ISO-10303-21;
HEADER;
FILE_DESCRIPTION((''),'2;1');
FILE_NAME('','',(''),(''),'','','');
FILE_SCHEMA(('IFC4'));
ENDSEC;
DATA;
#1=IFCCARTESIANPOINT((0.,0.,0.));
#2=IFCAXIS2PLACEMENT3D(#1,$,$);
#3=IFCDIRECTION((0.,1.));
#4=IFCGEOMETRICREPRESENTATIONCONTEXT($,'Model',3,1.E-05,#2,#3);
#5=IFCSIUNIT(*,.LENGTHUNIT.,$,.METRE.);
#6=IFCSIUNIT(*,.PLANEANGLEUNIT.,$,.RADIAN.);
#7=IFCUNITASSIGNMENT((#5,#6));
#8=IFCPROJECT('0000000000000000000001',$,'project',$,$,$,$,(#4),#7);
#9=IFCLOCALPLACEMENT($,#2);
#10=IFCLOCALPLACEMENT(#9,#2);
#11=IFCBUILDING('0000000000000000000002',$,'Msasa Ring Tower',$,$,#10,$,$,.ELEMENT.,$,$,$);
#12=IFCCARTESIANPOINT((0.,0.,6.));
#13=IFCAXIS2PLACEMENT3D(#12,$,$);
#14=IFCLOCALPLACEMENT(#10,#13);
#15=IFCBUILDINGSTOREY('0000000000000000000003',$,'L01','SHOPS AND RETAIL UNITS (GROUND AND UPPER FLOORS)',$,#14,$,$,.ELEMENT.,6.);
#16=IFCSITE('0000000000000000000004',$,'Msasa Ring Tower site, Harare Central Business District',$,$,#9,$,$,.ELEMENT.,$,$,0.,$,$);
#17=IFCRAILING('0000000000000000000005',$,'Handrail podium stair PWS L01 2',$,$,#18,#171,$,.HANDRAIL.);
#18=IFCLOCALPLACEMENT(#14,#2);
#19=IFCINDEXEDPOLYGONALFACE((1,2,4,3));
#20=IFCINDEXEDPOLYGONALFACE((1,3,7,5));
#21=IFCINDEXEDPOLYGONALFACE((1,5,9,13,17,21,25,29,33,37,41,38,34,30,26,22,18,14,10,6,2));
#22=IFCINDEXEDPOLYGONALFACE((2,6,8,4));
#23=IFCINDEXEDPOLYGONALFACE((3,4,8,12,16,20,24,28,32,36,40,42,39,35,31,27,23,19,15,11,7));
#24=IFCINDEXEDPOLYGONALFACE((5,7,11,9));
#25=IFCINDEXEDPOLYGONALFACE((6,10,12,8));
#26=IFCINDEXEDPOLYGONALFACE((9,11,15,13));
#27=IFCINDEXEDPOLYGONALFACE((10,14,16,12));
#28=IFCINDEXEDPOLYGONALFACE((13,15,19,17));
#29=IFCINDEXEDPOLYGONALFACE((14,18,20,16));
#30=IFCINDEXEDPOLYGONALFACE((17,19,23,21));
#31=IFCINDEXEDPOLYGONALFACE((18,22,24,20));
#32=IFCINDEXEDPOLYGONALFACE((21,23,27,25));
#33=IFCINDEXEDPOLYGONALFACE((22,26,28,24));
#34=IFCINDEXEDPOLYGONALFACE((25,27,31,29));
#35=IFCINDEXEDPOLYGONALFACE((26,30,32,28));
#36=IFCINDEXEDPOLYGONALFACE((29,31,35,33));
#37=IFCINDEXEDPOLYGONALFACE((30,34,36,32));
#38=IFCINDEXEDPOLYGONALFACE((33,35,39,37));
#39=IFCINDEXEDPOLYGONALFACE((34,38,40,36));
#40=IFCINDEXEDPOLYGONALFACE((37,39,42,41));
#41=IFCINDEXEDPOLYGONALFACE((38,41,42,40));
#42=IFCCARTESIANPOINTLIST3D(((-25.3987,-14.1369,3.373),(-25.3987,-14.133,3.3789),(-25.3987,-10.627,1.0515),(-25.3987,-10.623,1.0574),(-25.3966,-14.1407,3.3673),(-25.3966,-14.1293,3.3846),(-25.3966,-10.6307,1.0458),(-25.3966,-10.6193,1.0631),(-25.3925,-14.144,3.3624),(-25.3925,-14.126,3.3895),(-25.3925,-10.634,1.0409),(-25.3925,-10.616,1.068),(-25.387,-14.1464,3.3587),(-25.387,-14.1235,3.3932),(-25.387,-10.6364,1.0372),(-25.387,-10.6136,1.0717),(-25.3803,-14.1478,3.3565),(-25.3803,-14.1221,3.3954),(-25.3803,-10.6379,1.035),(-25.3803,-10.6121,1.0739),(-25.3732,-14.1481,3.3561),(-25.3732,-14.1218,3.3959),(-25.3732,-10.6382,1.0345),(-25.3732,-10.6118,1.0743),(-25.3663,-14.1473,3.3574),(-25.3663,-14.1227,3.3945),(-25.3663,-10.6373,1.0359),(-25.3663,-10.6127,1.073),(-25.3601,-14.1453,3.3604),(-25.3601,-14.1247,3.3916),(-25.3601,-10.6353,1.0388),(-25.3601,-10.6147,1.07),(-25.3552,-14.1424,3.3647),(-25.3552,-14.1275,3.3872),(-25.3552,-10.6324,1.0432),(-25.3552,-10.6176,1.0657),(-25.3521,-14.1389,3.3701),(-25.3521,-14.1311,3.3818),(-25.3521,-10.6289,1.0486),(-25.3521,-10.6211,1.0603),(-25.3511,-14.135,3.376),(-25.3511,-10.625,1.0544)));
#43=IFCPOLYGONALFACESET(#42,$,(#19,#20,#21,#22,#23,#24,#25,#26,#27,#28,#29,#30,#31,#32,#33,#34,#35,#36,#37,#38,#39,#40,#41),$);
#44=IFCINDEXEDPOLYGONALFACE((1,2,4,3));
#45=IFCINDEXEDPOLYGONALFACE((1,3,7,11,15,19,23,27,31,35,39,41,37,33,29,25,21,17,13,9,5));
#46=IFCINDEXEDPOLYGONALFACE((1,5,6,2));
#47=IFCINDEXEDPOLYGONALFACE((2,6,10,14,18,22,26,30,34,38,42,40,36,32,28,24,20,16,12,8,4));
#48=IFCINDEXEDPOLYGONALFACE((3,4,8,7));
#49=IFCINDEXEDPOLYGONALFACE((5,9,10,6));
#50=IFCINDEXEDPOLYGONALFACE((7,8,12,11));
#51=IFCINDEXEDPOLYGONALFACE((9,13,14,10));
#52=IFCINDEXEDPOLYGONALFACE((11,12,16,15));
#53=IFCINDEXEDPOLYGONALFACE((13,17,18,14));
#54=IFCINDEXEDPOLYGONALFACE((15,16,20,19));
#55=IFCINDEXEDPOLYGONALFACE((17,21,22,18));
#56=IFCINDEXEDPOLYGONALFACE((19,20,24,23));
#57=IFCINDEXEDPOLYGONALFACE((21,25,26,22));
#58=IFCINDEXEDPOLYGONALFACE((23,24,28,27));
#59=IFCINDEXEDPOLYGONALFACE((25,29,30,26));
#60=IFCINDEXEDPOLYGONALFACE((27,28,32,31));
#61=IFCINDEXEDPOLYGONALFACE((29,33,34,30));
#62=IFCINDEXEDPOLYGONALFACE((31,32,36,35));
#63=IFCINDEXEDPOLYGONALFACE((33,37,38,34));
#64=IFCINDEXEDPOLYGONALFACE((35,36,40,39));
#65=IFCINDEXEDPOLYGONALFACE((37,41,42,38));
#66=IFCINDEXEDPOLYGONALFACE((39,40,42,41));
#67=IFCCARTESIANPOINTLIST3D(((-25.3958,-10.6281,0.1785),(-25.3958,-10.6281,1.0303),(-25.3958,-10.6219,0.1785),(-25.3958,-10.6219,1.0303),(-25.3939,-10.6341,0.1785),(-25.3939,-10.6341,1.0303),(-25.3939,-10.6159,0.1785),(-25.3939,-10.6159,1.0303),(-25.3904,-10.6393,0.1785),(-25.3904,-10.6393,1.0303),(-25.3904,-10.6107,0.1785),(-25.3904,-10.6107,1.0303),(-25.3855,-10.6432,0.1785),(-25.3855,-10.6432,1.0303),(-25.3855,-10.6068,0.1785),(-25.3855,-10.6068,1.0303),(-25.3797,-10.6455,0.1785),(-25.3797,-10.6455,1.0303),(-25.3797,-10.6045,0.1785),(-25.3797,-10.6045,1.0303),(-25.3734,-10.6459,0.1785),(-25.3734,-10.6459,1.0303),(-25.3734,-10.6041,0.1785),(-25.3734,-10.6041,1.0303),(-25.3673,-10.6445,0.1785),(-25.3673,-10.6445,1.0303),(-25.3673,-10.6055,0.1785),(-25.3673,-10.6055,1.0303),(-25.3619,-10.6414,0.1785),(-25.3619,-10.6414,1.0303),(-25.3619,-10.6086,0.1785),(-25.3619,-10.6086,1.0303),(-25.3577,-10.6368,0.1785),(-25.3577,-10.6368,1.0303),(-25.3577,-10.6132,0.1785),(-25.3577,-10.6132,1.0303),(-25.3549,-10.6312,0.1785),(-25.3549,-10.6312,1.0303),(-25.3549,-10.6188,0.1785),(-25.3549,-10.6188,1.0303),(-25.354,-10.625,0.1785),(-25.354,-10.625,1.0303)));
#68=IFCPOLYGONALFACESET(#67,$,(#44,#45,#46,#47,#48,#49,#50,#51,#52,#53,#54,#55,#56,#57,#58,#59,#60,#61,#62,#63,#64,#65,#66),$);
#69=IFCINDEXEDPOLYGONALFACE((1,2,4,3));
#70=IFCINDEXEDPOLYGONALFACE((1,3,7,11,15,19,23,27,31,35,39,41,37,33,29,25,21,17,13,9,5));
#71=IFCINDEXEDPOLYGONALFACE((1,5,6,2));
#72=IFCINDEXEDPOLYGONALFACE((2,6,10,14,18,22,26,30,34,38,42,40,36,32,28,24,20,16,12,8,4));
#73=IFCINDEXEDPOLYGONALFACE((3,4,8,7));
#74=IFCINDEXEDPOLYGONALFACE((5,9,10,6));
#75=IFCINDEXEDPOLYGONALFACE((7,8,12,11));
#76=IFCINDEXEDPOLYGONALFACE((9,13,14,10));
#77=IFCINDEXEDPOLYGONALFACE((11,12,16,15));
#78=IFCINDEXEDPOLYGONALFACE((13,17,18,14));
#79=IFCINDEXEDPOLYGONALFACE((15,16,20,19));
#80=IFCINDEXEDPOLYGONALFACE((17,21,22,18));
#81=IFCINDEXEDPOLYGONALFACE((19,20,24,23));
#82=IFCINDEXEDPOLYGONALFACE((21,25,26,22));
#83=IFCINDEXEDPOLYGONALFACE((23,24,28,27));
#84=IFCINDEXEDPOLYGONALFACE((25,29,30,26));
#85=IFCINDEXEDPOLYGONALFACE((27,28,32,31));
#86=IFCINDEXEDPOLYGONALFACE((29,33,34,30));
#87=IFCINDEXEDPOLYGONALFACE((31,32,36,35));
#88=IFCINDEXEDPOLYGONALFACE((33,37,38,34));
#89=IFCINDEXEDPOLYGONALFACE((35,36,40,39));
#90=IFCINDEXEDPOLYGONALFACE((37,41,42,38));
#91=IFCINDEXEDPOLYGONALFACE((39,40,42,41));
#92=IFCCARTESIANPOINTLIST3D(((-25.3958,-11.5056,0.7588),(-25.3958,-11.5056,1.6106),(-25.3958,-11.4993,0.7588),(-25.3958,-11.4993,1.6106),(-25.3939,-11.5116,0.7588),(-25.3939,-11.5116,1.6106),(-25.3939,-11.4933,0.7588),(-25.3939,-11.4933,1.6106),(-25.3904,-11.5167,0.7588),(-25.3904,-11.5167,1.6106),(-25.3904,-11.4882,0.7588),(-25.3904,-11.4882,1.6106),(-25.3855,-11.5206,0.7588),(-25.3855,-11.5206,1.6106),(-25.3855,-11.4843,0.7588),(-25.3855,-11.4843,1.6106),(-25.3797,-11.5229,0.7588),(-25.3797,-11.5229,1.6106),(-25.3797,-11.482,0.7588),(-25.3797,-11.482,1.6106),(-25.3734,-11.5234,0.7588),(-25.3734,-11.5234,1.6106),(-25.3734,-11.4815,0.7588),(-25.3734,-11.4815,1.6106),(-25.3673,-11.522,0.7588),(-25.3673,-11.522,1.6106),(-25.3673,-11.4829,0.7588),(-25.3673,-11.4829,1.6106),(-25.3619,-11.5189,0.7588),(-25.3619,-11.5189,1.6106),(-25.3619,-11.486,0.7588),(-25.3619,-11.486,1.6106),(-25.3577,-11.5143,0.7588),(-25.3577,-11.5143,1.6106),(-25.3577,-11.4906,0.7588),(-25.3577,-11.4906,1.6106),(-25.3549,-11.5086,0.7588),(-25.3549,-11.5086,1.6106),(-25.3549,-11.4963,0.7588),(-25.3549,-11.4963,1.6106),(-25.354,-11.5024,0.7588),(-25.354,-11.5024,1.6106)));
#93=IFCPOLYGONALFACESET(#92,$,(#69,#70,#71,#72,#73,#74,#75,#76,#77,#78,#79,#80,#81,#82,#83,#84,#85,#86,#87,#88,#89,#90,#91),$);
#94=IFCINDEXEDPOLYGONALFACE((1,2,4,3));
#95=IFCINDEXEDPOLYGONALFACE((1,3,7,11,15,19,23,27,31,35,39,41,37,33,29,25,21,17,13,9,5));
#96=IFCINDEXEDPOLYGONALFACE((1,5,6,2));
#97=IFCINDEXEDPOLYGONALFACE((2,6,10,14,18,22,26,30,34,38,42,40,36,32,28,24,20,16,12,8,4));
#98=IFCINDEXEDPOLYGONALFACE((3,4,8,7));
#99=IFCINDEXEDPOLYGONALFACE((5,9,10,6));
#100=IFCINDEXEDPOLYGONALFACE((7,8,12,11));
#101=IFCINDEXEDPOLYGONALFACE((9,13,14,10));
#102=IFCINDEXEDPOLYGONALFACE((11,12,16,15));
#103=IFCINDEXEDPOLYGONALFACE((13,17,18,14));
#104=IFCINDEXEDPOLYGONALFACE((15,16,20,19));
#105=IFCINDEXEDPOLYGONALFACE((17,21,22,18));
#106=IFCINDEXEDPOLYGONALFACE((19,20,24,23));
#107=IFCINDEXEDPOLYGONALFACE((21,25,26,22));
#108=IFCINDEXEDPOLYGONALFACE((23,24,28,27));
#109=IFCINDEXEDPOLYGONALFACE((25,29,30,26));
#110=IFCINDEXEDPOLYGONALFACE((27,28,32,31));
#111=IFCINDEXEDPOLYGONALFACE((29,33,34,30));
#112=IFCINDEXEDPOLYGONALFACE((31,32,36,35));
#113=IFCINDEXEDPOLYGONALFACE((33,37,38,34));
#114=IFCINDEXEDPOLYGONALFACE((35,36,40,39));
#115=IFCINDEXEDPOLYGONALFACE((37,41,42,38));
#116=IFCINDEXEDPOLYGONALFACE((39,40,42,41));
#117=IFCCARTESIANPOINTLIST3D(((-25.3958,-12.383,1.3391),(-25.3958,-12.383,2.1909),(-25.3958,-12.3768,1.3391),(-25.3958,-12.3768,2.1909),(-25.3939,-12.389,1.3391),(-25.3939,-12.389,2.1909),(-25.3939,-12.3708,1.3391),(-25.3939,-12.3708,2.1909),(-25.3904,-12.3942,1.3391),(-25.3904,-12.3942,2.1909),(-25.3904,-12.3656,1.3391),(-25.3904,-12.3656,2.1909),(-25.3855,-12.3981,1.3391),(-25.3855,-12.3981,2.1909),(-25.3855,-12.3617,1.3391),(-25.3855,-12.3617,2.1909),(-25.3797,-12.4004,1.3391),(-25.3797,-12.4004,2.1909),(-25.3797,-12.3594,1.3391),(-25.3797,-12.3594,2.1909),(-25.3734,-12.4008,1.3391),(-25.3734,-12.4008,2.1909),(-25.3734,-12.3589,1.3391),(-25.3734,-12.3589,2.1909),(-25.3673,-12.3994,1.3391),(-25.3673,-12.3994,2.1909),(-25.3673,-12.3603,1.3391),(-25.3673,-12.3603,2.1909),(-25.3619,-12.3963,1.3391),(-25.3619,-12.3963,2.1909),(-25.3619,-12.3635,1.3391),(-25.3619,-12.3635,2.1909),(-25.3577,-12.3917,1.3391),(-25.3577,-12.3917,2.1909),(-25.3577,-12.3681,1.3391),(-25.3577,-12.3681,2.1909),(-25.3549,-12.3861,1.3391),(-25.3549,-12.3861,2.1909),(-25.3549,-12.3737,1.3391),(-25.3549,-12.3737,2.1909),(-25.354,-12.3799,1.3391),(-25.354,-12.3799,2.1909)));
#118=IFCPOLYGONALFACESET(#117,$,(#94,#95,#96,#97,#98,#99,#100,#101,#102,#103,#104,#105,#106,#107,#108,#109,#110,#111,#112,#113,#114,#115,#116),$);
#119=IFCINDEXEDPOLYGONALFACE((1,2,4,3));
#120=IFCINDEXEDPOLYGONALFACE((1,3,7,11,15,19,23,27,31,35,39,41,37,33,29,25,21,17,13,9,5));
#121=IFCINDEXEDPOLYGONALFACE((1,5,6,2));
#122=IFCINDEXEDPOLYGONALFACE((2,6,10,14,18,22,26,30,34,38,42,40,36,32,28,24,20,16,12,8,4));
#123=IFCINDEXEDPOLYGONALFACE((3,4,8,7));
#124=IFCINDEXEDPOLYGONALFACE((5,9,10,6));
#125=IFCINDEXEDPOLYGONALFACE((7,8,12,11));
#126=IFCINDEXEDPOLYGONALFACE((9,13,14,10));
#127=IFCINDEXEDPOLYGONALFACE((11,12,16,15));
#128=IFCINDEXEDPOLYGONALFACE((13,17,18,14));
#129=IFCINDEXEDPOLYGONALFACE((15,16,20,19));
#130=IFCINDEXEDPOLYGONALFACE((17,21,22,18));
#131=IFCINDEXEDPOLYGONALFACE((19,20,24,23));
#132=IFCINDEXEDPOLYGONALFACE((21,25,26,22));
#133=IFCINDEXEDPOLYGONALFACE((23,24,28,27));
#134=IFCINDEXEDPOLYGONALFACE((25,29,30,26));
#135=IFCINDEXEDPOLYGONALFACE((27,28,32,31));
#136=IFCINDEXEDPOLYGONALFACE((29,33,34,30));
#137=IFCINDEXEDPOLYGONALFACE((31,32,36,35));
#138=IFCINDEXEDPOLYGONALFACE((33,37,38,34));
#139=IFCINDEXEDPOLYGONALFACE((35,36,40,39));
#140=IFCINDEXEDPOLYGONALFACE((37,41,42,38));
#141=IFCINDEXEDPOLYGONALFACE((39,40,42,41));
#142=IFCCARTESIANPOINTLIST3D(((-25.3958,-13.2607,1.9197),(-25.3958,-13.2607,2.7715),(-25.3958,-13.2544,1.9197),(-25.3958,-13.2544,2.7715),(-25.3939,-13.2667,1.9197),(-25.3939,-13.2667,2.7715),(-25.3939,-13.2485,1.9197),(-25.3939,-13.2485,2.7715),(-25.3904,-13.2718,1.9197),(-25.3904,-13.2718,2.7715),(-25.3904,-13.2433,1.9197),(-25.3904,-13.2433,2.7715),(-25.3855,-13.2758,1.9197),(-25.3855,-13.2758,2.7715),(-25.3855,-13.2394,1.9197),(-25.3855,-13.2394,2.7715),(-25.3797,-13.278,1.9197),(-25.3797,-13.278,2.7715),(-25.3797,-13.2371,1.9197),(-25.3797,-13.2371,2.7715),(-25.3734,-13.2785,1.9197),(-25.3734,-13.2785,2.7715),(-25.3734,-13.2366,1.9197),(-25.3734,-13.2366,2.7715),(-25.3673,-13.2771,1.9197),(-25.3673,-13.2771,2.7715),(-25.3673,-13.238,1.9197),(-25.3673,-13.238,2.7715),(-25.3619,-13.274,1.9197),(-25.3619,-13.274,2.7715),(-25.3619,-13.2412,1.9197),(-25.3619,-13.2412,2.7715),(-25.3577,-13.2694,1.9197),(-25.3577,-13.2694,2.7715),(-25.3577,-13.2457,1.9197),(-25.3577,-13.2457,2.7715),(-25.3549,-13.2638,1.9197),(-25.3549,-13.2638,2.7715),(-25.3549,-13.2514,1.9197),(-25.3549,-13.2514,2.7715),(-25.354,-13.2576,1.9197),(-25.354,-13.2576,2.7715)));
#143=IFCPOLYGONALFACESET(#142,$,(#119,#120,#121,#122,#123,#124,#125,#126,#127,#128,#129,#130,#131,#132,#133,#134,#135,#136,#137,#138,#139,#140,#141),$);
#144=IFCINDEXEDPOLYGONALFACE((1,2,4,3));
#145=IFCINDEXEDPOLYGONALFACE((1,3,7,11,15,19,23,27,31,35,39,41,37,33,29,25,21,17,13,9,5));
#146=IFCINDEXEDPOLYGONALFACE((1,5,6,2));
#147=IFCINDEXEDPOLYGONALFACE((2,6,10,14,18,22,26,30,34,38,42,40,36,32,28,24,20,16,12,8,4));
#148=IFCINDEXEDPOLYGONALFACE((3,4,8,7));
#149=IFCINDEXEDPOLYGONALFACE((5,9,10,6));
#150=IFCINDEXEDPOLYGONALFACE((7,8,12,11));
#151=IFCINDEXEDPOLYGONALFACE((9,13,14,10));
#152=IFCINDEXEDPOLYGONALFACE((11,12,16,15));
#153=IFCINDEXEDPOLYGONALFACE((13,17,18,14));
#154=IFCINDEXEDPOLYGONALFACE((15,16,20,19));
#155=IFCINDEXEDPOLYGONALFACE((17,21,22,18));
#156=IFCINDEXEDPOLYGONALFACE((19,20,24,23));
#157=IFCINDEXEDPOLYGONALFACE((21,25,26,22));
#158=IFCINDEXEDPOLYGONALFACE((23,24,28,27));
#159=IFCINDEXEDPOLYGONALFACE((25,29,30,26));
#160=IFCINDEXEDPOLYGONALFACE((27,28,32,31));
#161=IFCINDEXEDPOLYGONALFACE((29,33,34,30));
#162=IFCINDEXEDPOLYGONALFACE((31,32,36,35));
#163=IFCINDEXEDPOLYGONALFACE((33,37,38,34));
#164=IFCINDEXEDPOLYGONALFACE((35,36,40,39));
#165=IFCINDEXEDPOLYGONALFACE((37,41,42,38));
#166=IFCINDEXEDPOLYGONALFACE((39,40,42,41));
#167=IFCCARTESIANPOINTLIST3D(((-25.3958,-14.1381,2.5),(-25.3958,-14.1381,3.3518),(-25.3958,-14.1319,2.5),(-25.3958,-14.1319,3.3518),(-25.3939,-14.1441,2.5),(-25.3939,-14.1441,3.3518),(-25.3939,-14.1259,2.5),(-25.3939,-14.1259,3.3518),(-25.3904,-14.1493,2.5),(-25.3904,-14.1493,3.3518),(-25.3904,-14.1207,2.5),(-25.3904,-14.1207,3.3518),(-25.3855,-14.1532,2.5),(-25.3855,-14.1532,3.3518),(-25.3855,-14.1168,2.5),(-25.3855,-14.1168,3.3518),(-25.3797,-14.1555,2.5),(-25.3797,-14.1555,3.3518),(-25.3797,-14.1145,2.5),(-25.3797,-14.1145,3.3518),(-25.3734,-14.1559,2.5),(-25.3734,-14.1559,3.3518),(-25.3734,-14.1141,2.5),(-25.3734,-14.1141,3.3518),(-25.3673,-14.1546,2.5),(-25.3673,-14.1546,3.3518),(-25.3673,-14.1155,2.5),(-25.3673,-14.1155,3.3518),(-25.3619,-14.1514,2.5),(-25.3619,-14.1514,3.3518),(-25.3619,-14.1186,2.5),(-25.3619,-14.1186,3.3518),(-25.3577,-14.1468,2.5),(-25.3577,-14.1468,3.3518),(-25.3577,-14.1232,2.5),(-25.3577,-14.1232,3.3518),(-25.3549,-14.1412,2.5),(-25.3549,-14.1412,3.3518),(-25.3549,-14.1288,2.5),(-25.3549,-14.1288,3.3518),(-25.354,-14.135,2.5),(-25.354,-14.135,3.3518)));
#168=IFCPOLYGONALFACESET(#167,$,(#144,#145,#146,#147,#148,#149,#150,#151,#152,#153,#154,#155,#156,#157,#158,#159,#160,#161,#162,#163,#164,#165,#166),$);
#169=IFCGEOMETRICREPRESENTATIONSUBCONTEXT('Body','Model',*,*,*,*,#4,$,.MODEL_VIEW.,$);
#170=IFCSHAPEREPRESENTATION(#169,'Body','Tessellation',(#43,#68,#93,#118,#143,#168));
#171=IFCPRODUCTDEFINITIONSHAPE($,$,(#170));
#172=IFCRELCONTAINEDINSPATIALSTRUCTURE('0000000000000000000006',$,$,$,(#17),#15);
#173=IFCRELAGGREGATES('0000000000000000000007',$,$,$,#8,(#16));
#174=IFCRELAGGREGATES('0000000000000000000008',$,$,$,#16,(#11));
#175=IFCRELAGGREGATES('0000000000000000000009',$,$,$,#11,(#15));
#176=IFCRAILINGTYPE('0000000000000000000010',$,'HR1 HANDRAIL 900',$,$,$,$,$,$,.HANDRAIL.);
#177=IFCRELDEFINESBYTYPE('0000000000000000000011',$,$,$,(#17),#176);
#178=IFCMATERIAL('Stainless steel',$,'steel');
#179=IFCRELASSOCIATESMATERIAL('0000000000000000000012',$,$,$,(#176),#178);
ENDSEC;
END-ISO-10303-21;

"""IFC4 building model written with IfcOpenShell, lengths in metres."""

from ifc_helpers import new_model, si_unit, direction, frame, origin, origin_2d, place, context, subcontext, project, spatial, circle, extrude, material, type_object, element, save


model = new_model("IFC4")

# Units and contexts
model_context = context("Model", 3, precision=1e-05, world=origin(), true_north=direction((0.0, 1.0)))
body_context = subcontext(model_context, "Body", "Model", "MODEL_VIEW")
ifc_project = project(units=[si_unit("LENGTHUNIT", "METRE"), si_unit("PLANEANGLEUNIT", "RADIAN")], contexts=[model_context])

# Site, building, storey
site_placement = place(None, origin())
site = spatial("IfcSite", under=ifc_project, at=site_placement, Name="Msasa Ring Tower site, Harare Central Business District", CompositionType="ELEMENT", RefElevation=0.0)
building_placement = place(site_placement, origin())
building = spatial("IfcBuilding", under=site, at=building_placement, Name="Msasa Ring Tower", CompositionType="ELEMENT")
storey_placement = place(building_placement, frame((0.0, 0.0, 6.0)))
storey = spatial("IfcBuildingStorey", under=building, at=storey_placement, Name="L01", Description="SHOPS AND RETAIL UNITS (GROUND AND UPPER FLOORS)", CompositionType="ELEMENT", Elevation=6.0)

# Railing
ifc_material_1 = material(Name="Stainless steel", Category="steel")
railing_type = type_object("IfcRailingType", Name="HR1 HANDRAIL 900", PredefinedType="HANDRAIL", material=ifc_material_1)
for number, where, name in (
    (1, (-25.375, -10.625, 0.1785), "Handrail podium stair PWS L01 2"),
):
    element("IfcRailing", number, at=place(storey_placement, frame(where)), inside=storey, type_object=railing_type, Name=name, PredefinedType="HANDRAIL", context=body_context, shape_type="SweptSolid", body=[
        extrude(circle(Radius=0.0239, at=origin_2d()), frame((0.0, 0.0, 0.876), z_axis=(0.0, -0.834071, 0.551657), x_axis=(1.0, 0.0, 0.0)), (0.0, 0.0, 1.0), 4.2083),
        extrude(circle(Radius=0.021, at=origin_2d()), origin(), (0.0, 0.0, 1.0), 0.8518),
        extrude(circle(Radius=0.021, at=origin_2d()), frame((0.0, -0.8774, 0.5803)), (0.0, 0.0, 1.0), 0.8518),
        extrude(circle(Radius=0.021, at=origin_2d()), frame((0.0, -1.7549, 1.1606)), (0.0, 0.0, 1.0), 0.8518),
        extrude(circle(Radius=0.021, at=origin_2d()), frame((0.0, -2.6326, 1.7412)), (0.0, 0.0, 1.0), 0.8518),
        extrude(circle(Radius=0.021, at=origin_2d()), frame((0.0, -3.51, 2.3215)), (0.0, 0.0, 1.0), 0.8518),
    ])

save(model, "model.ifc")
